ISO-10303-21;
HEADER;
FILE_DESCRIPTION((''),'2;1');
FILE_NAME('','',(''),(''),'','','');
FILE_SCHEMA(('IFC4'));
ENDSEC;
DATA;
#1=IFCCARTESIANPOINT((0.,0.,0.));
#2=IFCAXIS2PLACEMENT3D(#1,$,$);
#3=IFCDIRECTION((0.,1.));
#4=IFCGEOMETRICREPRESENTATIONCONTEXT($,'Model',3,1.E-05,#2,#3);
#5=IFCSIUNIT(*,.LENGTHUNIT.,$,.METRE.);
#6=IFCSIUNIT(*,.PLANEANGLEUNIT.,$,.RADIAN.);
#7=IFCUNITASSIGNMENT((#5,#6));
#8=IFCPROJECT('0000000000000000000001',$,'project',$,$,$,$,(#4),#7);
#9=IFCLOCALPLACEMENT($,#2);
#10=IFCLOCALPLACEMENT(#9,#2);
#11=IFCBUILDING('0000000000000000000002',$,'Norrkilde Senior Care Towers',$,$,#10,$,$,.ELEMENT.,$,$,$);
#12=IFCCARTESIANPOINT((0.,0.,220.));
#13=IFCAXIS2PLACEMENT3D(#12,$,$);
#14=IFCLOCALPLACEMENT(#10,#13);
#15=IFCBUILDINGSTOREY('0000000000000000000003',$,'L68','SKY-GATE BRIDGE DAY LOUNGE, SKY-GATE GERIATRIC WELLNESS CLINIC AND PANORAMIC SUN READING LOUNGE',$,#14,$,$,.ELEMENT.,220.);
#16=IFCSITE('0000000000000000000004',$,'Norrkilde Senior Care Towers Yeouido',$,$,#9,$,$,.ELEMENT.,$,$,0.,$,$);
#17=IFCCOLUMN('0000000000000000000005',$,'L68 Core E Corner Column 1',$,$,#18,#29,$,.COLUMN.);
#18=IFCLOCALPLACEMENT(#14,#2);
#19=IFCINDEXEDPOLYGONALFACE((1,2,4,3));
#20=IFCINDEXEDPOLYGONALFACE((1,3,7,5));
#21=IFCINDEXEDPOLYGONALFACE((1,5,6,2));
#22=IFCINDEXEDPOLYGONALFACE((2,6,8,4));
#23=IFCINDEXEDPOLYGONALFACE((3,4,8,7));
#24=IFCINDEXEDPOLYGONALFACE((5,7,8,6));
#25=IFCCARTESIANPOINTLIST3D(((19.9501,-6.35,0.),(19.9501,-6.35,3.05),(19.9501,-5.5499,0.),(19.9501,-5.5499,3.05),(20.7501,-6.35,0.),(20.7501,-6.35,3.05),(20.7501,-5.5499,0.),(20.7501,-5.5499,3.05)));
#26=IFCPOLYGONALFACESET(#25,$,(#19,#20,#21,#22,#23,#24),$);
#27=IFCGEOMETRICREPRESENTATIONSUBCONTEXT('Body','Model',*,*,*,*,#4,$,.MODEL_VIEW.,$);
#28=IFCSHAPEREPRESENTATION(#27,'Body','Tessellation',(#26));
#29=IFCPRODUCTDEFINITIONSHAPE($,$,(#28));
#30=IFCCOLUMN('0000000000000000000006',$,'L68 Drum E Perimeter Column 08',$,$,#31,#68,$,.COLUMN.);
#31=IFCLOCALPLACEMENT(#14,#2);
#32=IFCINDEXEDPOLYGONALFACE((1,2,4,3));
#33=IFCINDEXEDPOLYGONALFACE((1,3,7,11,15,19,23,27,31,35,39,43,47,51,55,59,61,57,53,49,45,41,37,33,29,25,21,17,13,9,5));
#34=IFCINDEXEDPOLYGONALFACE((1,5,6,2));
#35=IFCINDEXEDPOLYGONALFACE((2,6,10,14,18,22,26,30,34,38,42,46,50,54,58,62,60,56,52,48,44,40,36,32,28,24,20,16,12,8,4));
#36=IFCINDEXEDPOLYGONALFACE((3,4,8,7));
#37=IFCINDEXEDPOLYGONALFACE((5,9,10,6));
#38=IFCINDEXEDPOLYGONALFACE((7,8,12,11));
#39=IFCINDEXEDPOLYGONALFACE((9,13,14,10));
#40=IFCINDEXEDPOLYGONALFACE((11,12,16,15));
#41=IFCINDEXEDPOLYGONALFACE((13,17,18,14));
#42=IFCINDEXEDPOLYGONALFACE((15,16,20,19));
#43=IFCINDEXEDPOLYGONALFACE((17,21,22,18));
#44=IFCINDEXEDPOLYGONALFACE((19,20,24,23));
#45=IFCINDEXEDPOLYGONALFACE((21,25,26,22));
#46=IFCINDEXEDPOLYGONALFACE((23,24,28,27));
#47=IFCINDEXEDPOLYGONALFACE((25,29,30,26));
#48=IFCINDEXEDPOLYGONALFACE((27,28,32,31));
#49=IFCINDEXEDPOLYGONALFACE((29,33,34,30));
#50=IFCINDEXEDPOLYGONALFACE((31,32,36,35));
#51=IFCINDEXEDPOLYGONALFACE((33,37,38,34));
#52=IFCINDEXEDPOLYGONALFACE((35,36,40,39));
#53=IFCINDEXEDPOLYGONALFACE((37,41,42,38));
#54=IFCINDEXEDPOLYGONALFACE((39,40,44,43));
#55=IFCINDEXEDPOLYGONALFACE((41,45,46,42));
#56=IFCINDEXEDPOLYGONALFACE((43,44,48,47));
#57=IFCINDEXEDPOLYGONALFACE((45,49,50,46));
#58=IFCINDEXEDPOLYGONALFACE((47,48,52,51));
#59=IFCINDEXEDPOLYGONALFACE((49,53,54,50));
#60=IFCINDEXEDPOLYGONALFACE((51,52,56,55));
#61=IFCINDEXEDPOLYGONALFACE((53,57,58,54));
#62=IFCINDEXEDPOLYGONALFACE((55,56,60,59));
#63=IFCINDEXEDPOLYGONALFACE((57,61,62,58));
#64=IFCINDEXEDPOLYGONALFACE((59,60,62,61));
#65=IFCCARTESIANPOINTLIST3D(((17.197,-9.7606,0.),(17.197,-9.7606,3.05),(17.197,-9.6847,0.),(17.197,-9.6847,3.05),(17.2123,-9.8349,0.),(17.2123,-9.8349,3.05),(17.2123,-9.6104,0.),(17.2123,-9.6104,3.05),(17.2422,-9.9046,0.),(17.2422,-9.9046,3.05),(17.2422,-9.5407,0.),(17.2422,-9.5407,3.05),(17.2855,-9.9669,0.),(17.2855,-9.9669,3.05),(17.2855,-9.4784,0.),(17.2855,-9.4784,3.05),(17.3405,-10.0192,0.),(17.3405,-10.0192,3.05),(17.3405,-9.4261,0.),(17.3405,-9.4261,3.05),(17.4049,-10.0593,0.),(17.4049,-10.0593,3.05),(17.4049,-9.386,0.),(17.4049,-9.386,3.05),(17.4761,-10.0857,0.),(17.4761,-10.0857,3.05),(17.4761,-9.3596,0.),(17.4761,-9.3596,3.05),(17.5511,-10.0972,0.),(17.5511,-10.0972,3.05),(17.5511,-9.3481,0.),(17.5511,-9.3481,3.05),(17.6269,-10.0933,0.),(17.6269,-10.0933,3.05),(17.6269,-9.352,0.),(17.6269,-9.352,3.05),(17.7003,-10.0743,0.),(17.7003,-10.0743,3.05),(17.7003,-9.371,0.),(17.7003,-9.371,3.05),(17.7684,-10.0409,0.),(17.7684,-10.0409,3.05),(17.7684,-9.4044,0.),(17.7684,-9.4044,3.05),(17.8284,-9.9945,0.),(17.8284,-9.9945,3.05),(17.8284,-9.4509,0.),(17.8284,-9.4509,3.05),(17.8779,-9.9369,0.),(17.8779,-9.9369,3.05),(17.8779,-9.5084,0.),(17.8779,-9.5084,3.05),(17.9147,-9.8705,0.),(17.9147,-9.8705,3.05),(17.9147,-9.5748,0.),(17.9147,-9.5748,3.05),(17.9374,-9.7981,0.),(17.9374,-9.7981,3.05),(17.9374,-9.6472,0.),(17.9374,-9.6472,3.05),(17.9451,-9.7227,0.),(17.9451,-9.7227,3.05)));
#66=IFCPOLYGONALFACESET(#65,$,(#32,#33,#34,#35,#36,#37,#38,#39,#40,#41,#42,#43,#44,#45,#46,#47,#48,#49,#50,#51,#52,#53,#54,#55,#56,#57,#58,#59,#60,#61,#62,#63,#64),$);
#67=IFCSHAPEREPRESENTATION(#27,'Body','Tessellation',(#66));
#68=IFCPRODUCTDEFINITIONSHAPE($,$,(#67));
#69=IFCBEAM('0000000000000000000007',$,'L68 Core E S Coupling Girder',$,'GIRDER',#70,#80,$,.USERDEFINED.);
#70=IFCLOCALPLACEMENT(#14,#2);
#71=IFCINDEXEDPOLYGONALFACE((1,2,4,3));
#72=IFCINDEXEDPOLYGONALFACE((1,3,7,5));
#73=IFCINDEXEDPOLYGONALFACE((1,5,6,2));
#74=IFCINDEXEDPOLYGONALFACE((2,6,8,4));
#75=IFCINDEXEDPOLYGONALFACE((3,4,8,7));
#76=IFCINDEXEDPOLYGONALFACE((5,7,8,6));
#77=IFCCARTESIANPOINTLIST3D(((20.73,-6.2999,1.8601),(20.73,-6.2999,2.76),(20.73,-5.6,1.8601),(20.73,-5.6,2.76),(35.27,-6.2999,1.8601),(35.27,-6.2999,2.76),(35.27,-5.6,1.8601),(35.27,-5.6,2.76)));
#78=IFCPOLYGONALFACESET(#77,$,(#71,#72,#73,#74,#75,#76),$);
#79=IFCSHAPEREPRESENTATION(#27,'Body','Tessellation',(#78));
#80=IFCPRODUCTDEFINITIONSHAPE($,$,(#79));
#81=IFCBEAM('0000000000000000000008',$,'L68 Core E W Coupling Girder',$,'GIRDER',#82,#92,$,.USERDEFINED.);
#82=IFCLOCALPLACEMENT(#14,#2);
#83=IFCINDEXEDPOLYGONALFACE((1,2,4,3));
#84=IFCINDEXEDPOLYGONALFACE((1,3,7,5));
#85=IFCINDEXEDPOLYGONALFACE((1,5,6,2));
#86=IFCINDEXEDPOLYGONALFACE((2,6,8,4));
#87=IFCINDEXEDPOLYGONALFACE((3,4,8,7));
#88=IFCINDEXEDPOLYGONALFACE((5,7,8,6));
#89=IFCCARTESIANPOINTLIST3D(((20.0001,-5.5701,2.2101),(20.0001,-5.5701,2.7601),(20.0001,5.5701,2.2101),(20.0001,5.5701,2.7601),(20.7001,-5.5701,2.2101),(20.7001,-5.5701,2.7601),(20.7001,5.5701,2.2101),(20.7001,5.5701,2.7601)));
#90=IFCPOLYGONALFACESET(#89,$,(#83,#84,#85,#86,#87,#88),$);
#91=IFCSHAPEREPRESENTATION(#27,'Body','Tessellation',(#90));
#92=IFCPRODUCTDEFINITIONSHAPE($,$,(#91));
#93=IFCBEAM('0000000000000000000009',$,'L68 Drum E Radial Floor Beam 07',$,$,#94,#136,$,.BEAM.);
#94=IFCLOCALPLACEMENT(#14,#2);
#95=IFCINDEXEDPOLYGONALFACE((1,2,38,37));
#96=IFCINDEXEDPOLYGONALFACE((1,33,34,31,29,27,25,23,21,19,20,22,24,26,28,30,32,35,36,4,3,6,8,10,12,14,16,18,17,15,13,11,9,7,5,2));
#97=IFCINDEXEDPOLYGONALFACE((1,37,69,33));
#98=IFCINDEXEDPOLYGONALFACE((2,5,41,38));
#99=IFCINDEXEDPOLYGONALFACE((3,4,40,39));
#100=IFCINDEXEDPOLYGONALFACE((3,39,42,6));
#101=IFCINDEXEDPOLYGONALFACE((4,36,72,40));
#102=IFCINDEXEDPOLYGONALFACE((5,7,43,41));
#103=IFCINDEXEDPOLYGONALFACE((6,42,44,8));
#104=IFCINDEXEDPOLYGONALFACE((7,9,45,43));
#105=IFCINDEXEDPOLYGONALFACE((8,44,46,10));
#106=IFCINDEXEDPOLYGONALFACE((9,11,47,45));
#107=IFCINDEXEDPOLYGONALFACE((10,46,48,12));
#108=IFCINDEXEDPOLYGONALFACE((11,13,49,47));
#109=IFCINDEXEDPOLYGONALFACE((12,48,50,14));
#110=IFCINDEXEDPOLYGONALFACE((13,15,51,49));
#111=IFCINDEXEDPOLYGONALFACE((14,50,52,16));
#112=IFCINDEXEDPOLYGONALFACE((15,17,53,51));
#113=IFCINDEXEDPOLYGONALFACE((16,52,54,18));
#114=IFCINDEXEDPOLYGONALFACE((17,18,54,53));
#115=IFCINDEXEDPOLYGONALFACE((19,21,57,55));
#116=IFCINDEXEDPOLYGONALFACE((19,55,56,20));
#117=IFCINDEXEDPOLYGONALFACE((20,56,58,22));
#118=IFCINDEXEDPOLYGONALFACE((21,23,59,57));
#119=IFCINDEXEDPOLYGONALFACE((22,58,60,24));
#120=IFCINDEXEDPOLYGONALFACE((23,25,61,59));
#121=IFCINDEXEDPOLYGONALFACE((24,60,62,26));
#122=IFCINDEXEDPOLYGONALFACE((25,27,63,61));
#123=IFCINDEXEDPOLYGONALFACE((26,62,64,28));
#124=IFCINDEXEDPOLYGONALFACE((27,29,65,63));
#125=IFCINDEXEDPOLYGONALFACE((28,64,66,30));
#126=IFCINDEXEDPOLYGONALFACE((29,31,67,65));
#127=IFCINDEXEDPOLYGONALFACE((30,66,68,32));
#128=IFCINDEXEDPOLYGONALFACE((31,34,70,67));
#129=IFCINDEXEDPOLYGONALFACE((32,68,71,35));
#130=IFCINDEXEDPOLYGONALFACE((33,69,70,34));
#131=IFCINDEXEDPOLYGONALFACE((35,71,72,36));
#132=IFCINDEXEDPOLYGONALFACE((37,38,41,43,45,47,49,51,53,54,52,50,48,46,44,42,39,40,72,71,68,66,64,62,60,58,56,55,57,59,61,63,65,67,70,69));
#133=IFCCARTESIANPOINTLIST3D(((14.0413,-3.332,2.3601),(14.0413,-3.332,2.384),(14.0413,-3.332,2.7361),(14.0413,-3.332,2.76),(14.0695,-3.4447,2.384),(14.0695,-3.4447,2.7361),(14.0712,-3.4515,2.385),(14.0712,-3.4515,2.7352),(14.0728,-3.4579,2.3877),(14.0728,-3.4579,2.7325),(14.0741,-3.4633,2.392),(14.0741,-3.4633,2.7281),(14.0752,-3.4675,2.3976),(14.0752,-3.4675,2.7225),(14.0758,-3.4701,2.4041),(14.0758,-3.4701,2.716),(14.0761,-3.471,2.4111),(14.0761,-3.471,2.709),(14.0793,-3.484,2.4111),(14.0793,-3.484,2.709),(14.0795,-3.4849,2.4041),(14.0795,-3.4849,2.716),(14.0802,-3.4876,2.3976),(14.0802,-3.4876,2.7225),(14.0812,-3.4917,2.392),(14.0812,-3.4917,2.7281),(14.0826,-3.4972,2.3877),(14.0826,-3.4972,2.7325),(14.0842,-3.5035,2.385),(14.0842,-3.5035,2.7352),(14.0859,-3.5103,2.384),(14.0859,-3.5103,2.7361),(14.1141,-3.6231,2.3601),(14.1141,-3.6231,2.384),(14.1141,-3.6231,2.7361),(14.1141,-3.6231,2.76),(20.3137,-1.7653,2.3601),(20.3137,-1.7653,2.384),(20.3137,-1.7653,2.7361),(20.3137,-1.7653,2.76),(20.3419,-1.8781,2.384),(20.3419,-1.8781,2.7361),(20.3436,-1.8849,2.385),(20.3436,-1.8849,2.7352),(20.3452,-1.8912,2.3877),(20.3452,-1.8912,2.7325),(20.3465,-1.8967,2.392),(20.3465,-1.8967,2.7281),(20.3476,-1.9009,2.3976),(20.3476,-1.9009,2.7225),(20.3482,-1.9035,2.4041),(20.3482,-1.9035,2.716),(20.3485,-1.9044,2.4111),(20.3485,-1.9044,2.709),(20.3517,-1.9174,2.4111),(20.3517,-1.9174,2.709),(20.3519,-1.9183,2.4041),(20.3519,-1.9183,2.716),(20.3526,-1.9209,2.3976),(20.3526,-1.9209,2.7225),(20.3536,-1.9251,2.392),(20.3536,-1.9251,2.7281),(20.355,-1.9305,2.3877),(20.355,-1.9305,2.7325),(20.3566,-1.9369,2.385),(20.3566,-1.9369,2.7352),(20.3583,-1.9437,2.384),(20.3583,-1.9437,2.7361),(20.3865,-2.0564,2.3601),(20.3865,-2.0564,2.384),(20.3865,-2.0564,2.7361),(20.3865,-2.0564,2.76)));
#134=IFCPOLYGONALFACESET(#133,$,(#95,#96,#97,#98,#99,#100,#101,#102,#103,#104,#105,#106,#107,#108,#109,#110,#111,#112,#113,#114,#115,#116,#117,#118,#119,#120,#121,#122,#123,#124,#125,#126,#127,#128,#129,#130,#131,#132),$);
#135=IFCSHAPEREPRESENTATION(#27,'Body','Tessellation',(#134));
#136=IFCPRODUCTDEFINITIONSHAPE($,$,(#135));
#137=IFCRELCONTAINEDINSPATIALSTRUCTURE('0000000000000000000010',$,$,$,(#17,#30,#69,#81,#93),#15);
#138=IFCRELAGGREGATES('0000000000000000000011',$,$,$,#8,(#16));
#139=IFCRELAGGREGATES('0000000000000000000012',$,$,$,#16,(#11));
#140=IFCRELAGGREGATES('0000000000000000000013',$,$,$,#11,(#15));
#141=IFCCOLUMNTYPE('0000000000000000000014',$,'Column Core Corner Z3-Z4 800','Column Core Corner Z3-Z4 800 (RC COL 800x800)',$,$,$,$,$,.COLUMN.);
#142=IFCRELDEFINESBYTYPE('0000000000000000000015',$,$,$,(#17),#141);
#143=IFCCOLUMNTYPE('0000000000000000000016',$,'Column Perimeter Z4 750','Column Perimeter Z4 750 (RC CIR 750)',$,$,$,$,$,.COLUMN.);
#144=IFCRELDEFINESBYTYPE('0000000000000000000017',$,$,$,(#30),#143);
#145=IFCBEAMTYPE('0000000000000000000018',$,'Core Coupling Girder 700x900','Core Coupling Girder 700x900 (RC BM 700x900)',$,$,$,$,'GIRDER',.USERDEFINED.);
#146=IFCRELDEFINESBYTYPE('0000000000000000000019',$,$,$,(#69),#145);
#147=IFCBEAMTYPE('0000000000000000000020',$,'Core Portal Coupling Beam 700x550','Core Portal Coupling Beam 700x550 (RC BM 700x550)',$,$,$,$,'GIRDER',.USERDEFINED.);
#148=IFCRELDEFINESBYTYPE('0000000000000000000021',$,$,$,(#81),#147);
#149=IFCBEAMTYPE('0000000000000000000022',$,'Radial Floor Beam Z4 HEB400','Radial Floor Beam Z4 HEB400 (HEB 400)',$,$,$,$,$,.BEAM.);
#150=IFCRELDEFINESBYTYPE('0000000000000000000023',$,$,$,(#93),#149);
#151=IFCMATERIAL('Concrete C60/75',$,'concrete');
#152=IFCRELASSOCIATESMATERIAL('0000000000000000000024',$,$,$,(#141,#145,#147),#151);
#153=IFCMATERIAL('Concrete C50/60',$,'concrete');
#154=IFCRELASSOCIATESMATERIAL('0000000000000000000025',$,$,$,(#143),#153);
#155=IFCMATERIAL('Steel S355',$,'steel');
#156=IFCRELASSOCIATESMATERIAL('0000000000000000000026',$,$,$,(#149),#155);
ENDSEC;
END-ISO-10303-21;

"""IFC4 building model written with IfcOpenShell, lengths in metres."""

from ifc_helpers import new_model, si_unit, direction, frame, origin, origin_2d, place, context, subcontext, project, spatial, rectangle, circle, i_section, extrude, source, transform, mapped, material, material_profile, profile_set, type_object, type_shapes, element, save


model = new_model("IFC4")

# Units and contexts
model_context = context("Model", 3, precision=1e-05, world=origin(), true_north=direction((0.0, 1.0)))
body_context = subcontext(model_context, "Body", "Model", "MODEL_VIEW")
ifc_project = project(units=[si_unit("LENGTHUNIT", "METRE"), si_unit("PLANEANGLEUNIT", "RADIAN")], contexts=[model_context])

# Site, building, storey
site_placement = place(None, origin())
site = spatial("IfcSite", under=ifc_project, at=site_placement, Name="Norrkilde Senior Care Towers Yeouido", CompositionType="ELEMENT", RefElevation=0.0)
building_placement = place(site_placement, origin())
building = spatial("IfcBuilding", under=site, at=building_placement, Name="Norrkilde Senior Care Towers", CompositionType="ELEMENT")
storey_placement = place(building_placement, frame((0.0, 0.0, 220.0)))
storey = spatial("IfcBuildingStorey", under=building, at=storey_placement, Name="L68", Description="SKY-GATE BRIDGE DAY LOUNGE, SKY-GATE GERIATRIC WELLNESS CLINIC AND PANORAMIC SUN READING LOUNGE", CompositionType="ELEMENT", Elevation=220.0)

# Columns
ifc_material_1 = material(Name="Concrete C60/75", Category="concrete")
ifc_material_profile_1 = material_profile(ifc_material_1, rectangle(XDim=0.8, YDim=0.8, at=origin_2d()), Name="RC COL 800x800")
ifc_profile_set_1 = profile_set([ifc_material_profile_1], Name="Concrete C60/75")
column_type_1 = type_object("IfcColumnType", Name="Column Core Corner Z3-Z4 800", Description="Column Core Corner Z3-Z4 800 (RC COL 800x800)", PredefinedType="COLUMN", material=ifc_profile_set_1)
shared_shape_1 = source(origin(), body_context, "Body", "SweptSolid", [
    extrude(rectangle(XDim=0.8, YDim=0.8, at=origin_2d()), origin(), (0.0, 0.0, 1.0), 3.05),
])
type_shapes(column_type_1, [shared_shape_1])
column_1_placement = place(storey_placement, frame((20.3501, -5.95, 0.0), z_axis=(0.0, 0.0, 1.0), x_axis=(1.0, 0.0, 0.0)))
element("IfcColumn", 1, at=column_1_placement, inside=storey, type_object=column_type_1, Name="L68 Core E Corner Column 1", PredefinedType="COLUMN", context=body_context, shape_type="MappedRepresentation", body=[
    mapped(shared_shape_1, transform((0.0, 0.0, 0.0), x_axis=(1.0, 0.0, 0.0), y_axis=(0.0, 1.0, 0.0), z_axis=(0.0, 0.0, 1.0), scale=1.0)),
])
ifc_material_2 = material(Name="Concrete C50/60", Category="concrete")
ifc_material_profile_2 = material_profile(ifc_material_2, circle(Radius=0.375, at=origin_2d()), Name="RC CIR 750")
ifc_profile_set_2 = profile_set([ifc_material_profile_2], Name="Concrete C50/60")
column_type_2 = type_object("IfcColumnType", Name="Column Perimeter Z4 750", Description="Column Perimeter Z4 750 (RC CIR 750)", PredefinedType="COLUMN", material=ifc_profile_set_2)
shared_shape_2 = source(origin(), body_context, "Body", "SweptSolid", [
    extrude(circle(Radius=0.375, at=origin_2d()), origin(), (0.0, 0.0, 1.0), 3.05),
])
type_shapes(column_type_2, [shared_shape_2])
column_2_placement = place(storey_placement, frame((17.5701, -9.7227, 0.0), z_axis=(0.0, 0.0, 1.0), x_axis=(1.0, 0.0, 0.0)))
element("IfcColumn", 2, at=column_2_placement, inside=storey, type_object=column_type_2, Name="L68 Drum E Perimeter Column 08", PredefinedType="COLUMN", context=body_context, shape_type="MappedRepresentation", body=[
    mapped(shared_shape_2, transform((0.0, 0.0, 0.0), x_axis=(1.0, 0.0, 0.0), y_axis=(0.0, 1.0, 0.0), z_axis=(0.0, 0.0, 1.0), scale=1.0)),
])

# Beams
ifc_material_profile_3 = material_profile(ifc_material_1, rectangle(XDim=0.7, YDim=0.8999, at=origin_2d()), Name="RC BM 700x900")
ifc_profile_set_3 = profile_set([ifc_material_profile_3], Name="Concrete C60/75")
beam_type_1 = type_object("IfcBeamType", Name="Core Coupling Girder 700x900", Description="Core Coupling Girder 700x900 (RC BM 700x900)", ElementType="GIRDER", PredefinedType="USERDEFINED", material=ifc_profile_set_3)
shared_shape_3 = source(origin(), body_context, "Body", "SweptSolid", [
    extrude(rectangle(XDim=0.7, YDim=0.8999, at=origin_2d()), origin(), (0.0, 0.0, 1.0), 14.54),
])
type_shapes(beam_type_1, [shared_shape_3])
beam_1_placement = place(storey_placement, frame((20.73, -5.95, 2.3101), z_axis=(1.0, 0.0, 0.0), x_axis=(0.0, 1.0, 0.0)))
element("IfcBeam", 3, at=beam_1_placement, inside=storey, type_object=beam_type_1, Name="L68 Core E S Coupling Girder", ObjectType="GIRDER", PredefinedType="USERDEFINED", context=body_context, shape_type="MappedRepresentation", body=[
    mapped(shared_shape_3, transform((0.0, 0.0, 0.0), x_axis=(1.0, 0.0, 0.0), y_axis=(0.0, 1.0, 0.0), z_axis=(0.0, 0.0, 1.0), scale=1.0)),
])
ifc_material_profile_4 = material_profile(ifc_material_1, rectangle(XDim=0.7, YDim=0.55, at=origin_2d()), Name="RC BM 700x550")
ifc_profile_set_4 = profile_set([ifc_material_profile_4], Name="Concrete C60/75")
beam_type_2 = type_object("IfcBeamType", Name="Core Portal Coupling Beam 700x550", Description="Core Portal Coupling Beam 700x550 (RC BM 700x550)", ElementType="GIRDER", PredefinedType="USERDEFINED", material=ifc_profile_set_4)
shared_shape_4 = source(origin(), body_context, "Body", "SweptSolid", [
    extrude(rectangle(XDim=0.7, YDim=0.55, at=origin_2d()), origin(), (0.0, 0.0, 1.0), 11.1401),
])
type_shapes(beam_type_2, [shared_shape_4])
beam_2_placement = place(storey_placement, frame((20.3501, -5.5701, 2.4851), z_axis=(0.0, 1.0, 0.0), x_axis=(-1.0, 0.0, 0.0)))
element("IfcBeam", 4, at=beam_2_placement, inside=storey, type_object=beam_type_2, Name="L68 Core E W Coupling Girder", ObjectType="GIRDER", PredefinedType="USERDEFINED", context=body_context, shape_type="MappedRepresentation", body=[
    mapped(shared_shape_4, transform((0.0, 0.0, 0.0), x_axis=(1.0, 0.0, 0.0), y_axis=(0.0, 1.0, 0.0), z_axis=(0.0, 0.0, 1.0), scale=1.0)),
])
ifc_material_3 = material(Name="Steel S355", Category="steel")
ifc_material_profile_5 = material_profile(ifc_material_3, i_section(OverallWidth=0.3, OverallDepth=0.3999, WebThickness=0.0134, FlangeThickness=0.0239, FilletRadius=0.0271, at=origin_2d()), Name="HEB 400")
ifc_profile_set_5 = profile_set([ifc_material_profile_5], Name="Steel S355")
beam_type_3 = type_object("IfcBeamType", Name="Radial Floor Beam Z4 HEB400", Description="Radial Floor Beam Z4 HEB400 (HEB 400)", PredefinedType="BEAM", material=ifc_profile_set_5)
shared_shape_5 = source(origin(), body_context, "Body", "SweptSolid", [
    extrude(i_section(OverallWidth=0.3, OverallDepth=0.3999, WebThickness=0.0134, FlangeThickness=0.0239, FilletRadius=0.0271, at=origin_2d()), origin(), (0.0, 0.0, 1.0), 6.4651),
])
beam_3_placement = place(storey_placement, frame((20.3501, -1.9109, 2.5601), z_axis=(-0.970196, -0.242322, 0.0), x_axis=(0.242322, -0.970196, 0.0)))
element("IfcBeam", 5, at=beam_3_placement, inside=storey, type_object=beam_type_3, Name="L68 Drum E Radial Floor Beam 07", PredefinedType="BEAM", context=body_context, shape_type="MappedRepresentation", body=[
    mapped(shared_shape_5, transform((0.0, 0.0, 0.0), x_axis=(1.0, 0.0, 0.0), y_axis=(0.0, 1.0, 0.0), z_axis=(0.0, 0.0, 1.0), scale=1.0)),
])

save(model, "model.ifc")
